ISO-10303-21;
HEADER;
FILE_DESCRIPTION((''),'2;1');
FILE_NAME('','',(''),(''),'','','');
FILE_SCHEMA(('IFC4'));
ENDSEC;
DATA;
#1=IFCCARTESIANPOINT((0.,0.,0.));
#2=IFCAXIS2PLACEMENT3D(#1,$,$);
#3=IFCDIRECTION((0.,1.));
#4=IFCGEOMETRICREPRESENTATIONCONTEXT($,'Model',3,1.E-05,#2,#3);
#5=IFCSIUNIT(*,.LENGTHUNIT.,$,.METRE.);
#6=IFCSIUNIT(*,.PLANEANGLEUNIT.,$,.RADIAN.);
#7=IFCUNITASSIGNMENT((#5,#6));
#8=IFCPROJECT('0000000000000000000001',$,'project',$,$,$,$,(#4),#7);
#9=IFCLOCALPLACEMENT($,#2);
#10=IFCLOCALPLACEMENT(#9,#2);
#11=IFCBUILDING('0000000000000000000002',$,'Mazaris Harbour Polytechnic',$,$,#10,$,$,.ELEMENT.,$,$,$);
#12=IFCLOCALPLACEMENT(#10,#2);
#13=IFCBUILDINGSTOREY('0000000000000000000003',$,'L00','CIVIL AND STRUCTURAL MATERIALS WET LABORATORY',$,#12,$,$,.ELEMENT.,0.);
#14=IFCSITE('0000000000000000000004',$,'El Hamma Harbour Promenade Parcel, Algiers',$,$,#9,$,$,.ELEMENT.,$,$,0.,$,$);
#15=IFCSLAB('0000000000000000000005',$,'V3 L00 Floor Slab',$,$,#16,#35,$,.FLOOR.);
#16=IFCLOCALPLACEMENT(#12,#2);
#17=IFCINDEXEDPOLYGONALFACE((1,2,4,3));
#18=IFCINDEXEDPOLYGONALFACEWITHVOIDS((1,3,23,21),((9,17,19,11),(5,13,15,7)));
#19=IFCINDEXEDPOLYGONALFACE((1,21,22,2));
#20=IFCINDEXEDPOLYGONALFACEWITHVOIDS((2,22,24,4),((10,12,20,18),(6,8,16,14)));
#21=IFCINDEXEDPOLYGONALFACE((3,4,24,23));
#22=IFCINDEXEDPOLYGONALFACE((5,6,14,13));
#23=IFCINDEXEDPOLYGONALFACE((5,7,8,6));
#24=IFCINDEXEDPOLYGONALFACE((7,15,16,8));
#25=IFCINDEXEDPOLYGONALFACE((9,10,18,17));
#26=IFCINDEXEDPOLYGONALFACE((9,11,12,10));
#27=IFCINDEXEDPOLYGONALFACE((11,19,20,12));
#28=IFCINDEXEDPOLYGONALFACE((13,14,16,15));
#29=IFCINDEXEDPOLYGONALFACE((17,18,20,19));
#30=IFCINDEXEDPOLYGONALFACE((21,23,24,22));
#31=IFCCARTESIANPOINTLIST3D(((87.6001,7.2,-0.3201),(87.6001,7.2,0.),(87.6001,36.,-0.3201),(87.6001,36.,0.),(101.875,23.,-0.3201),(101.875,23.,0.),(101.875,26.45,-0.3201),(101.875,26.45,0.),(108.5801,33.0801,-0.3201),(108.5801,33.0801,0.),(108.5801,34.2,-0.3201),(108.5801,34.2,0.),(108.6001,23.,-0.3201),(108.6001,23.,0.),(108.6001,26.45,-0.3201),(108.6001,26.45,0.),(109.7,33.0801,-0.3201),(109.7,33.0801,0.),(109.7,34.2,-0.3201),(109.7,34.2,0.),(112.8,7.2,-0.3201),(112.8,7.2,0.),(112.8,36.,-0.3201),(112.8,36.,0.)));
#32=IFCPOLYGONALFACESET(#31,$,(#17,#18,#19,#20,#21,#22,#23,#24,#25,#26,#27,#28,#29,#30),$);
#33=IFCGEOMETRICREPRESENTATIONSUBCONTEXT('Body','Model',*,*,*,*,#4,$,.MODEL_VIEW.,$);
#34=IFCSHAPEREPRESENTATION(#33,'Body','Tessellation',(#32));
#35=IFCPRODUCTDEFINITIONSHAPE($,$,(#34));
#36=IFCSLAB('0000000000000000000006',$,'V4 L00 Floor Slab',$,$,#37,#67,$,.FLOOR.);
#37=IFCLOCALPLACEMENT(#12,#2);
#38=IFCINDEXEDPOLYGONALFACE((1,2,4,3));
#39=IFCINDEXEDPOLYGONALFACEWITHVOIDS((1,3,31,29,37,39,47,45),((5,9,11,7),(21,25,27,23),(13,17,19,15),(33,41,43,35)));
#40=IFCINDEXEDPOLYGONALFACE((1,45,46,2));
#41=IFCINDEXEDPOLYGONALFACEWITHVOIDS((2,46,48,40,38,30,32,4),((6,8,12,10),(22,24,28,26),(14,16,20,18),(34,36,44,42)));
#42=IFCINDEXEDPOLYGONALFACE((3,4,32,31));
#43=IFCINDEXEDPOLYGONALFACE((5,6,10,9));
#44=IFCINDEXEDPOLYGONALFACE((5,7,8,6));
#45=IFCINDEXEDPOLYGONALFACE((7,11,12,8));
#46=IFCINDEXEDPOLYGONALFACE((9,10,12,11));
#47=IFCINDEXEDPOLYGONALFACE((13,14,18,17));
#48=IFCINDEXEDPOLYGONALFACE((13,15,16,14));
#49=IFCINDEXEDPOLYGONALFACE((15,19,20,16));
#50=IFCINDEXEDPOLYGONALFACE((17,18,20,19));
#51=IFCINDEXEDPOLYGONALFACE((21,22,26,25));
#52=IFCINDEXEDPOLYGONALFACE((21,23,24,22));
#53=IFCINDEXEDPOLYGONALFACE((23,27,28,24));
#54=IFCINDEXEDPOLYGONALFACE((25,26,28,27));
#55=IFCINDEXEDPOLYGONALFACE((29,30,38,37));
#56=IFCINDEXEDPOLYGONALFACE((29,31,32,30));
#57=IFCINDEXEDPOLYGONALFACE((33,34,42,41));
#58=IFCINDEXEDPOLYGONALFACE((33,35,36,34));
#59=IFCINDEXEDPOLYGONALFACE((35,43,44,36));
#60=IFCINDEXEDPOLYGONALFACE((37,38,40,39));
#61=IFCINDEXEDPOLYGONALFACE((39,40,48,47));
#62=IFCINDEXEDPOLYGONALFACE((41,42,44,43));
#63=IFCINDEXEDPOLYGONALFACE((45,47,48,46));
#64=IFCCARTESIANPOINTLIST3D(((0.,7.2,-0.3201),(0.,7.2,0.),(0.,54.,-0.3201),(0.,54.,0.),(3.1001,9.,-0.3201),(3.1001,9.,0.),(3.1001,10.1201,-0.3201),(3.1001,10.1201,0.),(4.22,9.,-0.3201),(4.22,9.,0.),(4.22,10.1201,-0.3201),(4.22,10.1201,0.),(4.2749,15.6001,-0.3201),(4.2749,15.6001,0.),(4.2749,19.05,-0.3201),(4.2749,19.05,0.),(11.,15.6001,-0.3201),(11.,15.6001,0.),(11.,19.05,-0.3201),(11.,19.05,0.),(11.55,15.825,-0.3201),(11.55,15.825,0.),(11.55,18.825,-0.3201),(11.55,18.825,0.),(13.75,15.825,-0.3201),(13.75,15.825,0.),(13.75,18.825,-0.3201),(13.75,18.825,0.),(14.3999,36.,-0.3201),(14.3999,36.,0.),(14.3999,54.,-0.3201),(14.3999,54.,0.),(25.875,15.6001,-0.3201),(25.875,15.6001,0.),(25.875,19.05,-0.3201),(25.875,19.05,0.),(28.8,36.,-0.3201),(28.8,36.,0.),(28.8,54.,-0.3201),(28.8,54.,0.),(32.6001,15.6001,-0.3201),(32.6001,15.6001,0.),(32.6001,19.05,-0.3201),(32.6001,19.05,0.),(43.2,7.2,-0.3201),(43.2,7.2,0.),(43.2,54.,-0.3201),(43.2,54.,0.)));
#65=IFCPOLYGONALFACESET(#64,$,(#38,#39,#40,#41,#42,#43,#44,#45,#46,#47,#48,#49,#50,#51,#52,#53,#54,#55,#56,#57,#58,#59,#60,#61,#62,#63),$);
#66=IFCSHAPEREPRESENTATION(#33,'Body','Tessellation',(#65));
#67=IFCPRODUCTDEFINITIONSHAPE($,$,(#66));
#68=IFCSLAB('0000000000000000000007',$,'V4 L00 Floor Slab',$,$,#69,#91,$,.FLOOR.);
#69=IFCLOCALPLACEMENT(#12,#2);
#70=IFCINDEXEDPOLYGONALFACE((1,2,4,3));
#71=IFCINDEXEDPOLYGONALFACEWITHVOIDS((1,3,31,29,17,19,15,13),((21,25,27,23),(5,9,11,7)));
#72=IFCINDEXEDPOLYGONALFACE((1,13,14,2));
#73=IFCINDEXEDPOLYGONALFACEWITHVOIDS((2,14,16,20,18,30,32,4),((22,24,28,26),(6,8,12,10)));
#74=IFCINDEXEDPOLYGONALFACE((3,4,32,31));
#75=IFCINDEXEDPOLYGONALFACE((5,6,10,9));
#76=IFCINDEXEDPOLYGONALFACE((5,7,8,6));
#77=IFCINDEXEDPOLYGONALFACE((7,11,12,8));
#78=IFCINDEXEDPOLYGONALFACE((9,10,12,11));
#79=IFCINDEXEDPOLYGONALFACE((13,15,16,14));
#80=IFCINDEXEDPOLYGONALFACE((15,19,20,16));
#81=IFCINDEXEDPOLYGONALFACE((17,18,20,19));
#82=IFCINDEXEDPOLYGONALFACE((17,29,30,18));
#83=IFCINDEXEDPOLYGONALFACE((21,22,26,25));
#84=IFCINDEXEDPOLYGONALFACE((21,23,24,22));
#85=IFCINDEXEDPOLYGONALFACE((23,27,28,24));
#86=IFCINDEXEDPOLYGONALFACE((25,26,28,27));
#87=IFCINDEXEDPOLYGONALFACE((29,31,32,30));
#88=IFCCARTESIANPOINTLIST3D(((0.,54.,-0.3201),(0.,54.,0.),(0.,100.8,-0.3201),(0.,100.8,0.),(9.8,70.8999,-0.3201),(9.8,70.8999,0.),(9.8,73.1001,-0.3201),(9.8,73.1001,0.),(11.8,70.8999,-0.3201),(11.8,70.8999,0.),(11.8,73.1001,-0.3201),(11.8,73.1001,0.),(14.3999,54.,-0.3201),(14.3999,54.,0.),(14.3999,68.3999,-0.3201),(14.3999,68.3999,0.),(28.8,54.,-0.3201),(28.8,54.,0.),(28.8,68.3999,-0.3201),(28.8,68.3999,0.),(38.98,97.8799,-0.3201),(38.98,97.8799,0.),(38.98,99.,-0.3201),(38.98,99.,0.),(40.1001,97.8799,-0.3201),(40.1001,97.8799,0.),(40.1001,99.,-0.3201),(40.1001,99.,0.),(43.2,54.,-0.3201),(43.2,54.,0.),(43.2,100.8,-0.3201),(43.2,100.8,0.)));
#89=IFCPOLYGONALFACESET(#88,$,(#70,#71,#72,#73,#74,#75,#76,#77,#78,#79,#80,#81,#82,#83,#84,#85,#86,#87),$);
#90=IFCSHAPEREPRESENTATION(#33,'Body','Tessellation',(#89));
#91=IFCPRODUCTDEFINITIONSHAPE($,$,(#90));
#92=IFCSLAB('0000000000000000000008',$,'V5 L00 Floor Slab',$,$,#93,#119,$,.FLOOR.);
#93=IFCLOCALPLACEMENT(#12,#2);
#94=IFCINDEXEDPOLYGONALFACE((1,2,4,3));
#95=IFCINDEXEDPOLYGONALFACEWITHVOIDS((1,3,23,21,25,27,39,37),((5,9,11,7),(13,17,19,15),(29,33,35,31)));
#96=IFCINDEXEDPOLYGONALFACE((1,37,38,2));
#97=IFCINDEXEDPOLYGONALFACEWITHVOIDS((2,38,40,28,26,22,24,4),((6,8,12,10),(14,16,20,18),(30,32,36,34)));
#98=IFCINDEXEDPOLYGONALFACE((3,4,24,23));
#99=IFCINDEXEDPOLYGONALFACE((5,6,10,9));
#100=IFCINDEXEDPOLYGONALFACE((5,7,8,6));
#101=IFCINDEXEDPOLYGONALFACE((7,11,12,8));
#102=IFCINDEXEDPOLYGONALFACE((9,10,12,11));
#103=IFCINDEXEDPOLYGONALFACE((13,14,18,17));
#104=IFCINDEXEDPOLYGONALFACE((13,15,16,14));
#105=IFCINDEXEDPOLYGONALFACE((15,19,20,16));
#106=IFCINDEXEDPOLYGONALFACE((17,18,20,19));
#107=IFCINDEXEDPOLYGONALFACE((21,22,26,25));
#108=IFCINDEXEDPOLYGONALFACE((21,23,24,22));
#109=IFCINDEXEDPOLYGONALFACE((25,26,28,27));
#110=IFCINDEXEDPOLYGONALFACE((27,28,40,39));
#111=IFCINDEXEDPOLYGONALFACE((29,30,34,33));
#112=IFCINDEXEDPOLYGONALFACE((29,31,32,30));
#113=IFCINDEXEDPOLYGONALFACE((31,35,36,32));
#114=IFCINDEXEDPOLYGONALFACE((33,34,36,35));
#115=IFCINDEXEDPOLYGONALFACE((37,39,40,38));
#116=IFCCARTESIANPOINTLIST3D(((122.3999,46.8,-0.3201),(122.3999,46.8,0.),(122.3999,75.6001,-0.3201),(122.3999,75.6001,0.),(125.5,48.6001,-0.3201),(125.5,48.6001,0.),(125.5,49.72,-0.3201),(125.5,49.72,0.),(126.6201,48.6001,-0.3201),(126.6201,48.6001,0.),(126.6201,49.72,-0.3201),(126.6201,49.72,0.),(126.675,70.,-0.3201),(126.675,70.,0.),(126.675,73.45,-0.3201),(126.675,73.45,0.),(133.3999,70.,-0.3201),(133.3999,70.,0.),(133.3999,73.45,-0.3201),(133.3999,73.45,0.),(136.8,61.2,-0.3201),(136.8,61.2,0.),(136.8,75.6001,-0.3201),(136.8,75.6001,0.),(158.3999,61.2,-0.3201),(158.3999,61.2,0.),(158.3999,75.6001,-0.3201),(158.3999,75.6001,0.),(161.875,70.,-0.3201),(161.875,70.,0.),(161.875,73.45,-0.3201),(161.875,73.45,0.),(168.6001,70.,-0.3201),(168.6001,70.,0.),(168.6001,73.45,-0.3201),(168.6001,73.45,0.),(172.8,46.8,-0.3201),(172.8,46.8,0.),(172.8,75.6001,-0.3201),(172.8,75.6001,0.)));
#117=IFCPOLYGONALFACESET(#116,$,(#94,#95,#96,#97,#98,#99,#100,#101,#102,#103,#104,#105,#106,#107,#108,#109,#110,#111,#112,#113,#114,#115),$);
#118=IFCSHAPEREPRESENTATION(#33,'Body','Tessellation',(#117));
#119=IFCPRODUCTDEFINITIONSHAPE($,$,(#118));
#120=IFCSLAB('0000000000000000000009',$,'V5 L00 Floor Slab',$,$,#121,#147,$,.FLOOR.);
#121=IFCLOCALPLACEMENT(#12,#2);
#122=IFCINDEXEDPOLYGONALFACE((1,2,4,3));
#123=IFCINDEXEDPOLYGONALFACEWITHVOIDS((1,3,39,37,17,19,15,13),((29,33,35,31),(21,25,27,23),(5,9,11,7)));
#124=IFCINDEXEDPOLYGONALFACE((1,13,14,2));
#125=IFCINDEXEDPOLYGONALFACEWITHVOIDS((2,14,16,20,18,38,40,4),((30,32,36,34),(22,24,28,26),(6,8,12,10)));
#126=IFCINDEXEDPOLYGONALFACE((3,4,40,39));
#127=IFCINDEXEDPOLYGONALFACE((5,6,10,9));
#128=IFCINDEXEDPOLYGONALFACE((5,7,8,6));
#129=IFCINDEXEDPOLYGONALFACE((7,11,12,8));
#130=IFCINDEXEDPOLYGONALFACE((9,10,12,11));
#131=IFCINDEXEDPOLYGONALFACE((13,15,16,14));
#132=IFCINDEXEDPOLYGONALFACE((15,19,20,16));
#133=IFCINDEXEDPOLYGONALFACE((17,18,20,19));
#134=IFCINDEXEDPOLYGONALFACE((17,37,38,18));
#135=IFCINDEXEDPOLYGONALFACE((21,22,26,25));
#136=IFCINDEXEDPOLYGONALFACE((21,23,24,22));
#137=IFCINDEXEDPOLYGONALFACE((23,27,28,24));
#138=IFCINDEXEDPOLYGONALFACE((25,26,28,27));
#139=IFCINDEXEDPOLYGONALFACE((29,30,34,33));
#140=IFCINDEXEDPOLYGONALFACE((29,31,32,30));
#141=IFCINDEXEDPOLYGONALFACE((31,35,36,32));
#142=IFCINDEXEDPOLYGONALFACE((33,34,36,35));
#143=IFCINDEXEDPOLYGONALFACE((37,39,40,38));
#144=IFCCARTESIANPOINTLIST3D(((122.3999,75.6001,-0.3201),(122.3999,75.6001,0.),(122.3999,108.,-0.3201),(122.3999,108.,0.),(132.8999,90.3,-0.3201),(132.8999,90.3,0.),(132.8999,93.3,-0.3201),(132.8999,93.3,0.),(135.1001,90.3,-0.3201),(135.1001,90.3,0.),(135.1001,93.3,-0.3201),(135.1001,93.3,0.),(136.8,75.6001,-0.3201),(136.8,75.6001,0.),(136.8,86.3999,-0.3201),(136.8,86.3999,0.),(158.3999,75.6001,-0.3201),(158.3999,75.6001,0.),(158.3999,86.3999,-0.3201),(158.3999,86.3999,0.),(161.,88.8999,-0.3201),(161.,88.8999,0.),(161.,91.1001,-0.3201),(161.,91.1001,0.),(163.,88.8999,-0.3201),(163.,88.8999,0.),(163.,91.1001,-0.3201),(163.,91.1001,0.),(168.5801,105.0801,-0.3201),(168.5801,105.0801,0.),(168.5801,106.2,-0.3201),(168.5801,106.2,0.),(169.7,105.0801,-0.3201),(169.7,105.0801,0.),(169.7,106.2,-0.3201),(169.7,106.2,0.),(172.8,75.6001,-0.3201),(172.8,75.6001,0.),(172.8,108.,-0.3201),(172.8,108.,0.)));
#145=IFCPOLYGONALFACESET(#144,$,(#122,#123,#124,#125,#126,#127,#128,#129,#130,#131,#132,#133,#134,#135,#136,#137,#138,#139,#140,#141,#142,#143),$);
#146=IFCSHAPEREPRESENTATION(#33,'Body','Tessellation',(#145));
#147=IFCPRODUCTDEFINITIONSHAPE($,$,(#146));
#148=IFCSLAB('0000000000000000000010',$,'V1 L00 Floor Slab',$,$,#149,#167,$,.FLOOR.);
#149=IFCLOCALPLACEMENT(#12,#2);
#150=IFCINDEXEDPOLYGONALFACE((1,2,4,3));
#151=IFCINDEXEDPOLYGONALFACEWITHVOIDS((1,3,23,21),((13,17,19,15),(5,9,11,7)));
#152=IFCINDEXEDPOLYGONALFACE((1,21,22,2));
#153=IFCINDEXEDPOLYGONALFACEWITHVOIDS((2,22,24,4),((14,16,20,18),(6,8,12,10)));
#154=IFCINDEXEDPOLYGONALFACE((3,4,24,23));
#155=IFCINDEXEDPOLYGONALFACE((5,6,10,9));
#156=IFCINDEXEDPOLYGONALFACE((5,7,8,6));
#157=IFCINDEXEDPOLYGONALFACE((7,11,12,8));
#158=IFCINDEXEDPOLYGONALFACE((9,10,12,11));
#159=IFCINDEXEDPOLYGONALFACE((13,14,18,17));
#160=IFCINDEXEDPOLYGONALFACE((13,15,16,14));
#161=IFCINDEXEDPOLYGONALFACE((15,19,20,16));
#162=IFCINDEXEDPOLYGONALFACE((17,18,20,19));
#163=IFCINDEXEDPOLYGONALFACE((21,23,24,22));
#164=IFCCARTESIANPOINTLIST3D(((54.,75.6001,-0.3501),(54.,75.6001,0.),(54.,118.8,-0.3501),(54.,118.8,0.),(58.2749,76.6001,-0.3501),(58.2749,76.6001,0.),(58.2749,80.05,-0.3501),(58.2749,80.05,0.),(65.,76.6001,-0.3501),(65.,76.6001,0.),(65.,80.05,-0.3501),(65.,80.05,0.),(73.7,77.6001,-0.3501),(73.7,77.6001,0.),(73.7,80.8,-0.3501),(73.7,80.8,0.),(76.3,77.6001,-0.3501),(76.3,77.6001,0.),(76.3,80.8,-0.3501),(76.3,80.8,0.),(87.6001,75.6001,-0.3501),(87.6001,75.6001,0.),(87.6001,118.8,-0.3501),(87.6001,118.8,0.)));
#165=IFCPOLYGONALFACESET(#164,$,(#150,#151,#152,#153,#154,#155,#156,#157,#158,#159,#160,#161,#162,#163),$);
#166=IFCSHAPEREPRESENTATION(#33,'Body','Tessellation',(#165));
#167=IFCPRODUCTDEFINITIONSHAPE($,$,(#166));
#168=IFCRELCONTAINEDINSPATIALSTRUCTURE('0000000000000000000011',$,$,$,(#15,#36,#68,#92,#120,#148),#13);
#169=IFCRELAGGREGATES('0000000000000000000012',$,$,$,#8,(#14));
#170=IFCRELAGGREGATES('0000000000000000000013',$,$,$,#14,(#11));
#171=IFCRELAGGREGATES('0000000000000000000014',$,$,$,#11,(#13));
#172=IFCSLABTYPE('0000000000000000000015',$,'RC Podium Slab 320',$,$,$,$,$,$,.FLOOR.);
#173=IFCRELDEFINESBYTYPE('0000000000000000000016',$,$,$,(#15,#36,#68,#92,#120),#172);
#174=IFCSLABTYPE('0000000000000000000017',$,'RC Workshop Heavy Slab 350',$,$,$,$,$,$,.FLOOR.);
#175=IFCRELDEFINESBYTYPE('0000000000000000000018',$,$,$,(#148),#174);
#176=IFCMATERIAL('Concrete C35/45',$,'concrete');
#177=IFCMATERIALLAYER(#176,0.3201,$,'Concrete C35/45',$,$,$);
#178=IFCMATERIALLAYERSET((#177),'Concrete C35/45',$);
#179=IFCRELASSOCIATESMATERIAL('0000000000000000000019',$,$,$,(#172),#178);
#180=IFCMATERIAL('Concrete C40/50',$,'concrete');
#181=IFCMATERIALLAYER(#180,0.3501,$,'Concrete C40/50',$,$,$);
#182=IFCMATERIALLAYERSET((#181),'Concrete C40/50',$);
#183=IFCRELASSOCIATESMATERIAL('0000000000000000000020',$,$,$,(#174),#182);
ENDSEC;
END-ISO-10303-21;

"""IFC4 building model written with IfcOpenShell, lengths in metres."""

from ifc_helpers import new_model, si_unit, direction, frame, origin, place, context, subcontext, project, spatial, polyline, outline, extrude, material, layer, layer_set, type_object, element, save


model = new_model("IFC4")

# Units and contexts
model_context = context("Model", 3, precision=1e-05, world=origin(), true_north=direction((0.0, 1.0)))
body_context = subcontext(model_context, "Body", "Model", "MODEL_VIEW")
ifc_project = project(units=[si_unit("LENGTHUNIT", "METRE"), si_unit("PLANEANGLEUNIT", "RADIAN")], contexts=[model_context])

# Site, building, storey
site_placement = place(None, origin())
site = spatial("IfcSite", under=ifc_project, at=site_placement, Name="El Hamma Harbour Promenade Parcel, Algiers", CompositionType="ELEMENT", RefElevation=0.0)
building_placement = place(site_placement, origin())
building = spatial("IfcBuilding", under=site, at=building_placement, Name="Mazaris Harbour Polytechnic", CompositionType="ELEMENT")
storey_placement = place(building_placement, origin())
storey = spatial("IfcBuildingStorey", under=building, at=storey_placement, Name="L00", Description="CIVIL AND STRUCTURAL MATERIALS WET LABORATORY", CompositionType="ELEMENT", Elevation=0.0)

# Slabs
ifc_material_1 = material(Name="Concrete C35/45", Category="concrete")
ifc_layer_1 = layer(ifc_material_1, 0.3201, Name="Concrete C35/45")
ifc_layer_set_1 = layer_set([ifc_layer_1], Name="Concrete C35/45")
slab_type_1 = type_object("IfcSlabType", Name="RC Podium Slab 320", PredefinedType="FLOOR", material=ifc_layer_set_1)
slab_1_placement = place(storey_placement, frame((0.0, 0.0, -0.3201)))
element("IfcSlab", 1, at=slab_1_placement, inside=storey, type_object=slab_type_1, Name="V3 L00 Floor Slab", PredefinedType="FLOOR", context=body_context, shape_type="SweptSolid", body=[
    extrude(outline(polyline([(112.8, 36.0), (112.8, 7.2), (87.6001, 7.2), (87.6001, 36.0), (112.8, 36.0)]), holes=[polyline([(108.6001, 26.45), (101.875, 26.45), (101.875, 23.0), (108.6001, 23.0), (108.6001, 26.45)]), polyline([(108.5801, 34.2), (108.5801, 33.0801), (109.7, 33.0801), (109.7, 34.2), (108.5801, 34.2)])]), origin(), (0.0, 0.0, 1.0), 0.3201),
])
slab_2_placement = place(storey_placement, frame((0.0, 0.0, -0.3201)))
element("IfcSlab", 2, at=slab_2_placement, inside=storey, type_object=slab_type_1, Name="V4 L00 Floor Slab", PredefinedType="FLOOR", context=body_context, shape_type="SweptSolid", body=[
    extrude(outline(polyline([(43.2, 7.2), (0.0, 7.2), (0.0, 54.0), (14.3999, 54.0), (14.3999, 36.0), (28.8, 36.0), (28.8, 54.0), (43.2, 54.0), (43.2, 7.2)]), holes=[polyline([(4.2749, 15.6001), (11.0, 15.6001), (11.0, 19.05), (4.2749, 19.05), (4.2749, 15.6001)]), polyline([(25.875, 19.05), (25.875, 15.6001), (32.6001, 15.6001), (32.6001, 19.05), (25.875, 19.05)]), polyline([(13.75, 18.825), (11.55, 18.825), (11.55, 15.825), (13.75, 15.825), (13.75, 18.825)]), polyline([(3.1001, 9.0), (4.22, 9.0), (4.22, 10.1201), (3.1001, 10.1201), (3.1001, 9.0)])]), origin(), (0.0, 0.0, 1.0), 0.3201),
])
slab_3_placement = place(storey_placement, frame((0.0, 0.0, -0.3201)))
element("IfcSlab", 3, at=slab_3_placement, inside=storey, type_object=slab_type_1, Name="V4 L00 Floor Slab", PredefinedType="FLOOR", context=body_context, shape_type="SweptSolid", body=[
    extrude(outline(polyline([(43.2, 54.0), (28.8, 54.0), (28.8, 68.3999), (14.3999, 68.3999), (14.3999, 54.0), (0.0, 54.0), (0.0, 100.8), (43.2, 100.8), (43.2, 54.0)]), holes=[polyline([(11.8, 70.8999), (11.8, 73.1001), (9.8, 73.1001), (9.8, 70.8999), (11.8, 70.8999)]), polyline([(38.98, 99.0), (38.98, 97.8799), (40.1001, 97.8799), (40.1001, 99.0), (38.98, 99.0)])]), origin(), (0.0, 0.0, 1.0), 0.3201),
])
slab_4_placement = place(storey_placement, frame((0.0, 0.0, -0.3201)))
element("IfcSlab", 4, at=slab_4_placement, inside=storey, type_object=slab_type_1, Name="V5 L00 Floor Slab", PredefinedType="FLOOR", context=body_context, shape_type="SweptSolid", body=[
    extrude(outline(polyline([(172.8, 46.8), (122.3999, 46.8), (122.3999, 75.6001), (136.8, 75.6001), (136.8, 61.2), (158.3999, 61.2), (158.3999, 75.6001), (172.8, 75.6001), (172.8, 46.8)]), holes=[polyline([(126.675, 70.0), (133.3999, 70.0), (133.3999, 73.45), (126.675, 73.45), (126.675, 70.0)]), polyline([(161.875, 73.45), (161.875, 70.0), (168.6001, 70.0), (168.6001, 73.45), (161.875, 73.45)]), polyline([(125.5, 48.6001), (126.6201, 48.6001), (126.6201, 49.72), (125.5, 49.72), (125.5, 48.6001)])]), origin(), (0.0, 0.0, 1.0), 0.3201),
])
slab_5_placement = place(storey_placement, frame((0.0, 0.0, -0.3201)))
element("IfcSlab", 5, at=slab_5_placement, inside=storey, type_object=slab_type_1, Name="V5 L00 Floor Slab", PredefinedType="FLOOR", context=body_context, shape_type="SweptSolid", body=[
    extrude(outline(polyline([(172.8, 75.6001), (158.3999, 75.6001), (158.3999, 86.3999), (136.8, 86.3999), (136.8, 75.6001), (122.3999, 75.6001), (122.3999, 108.0), (172.8, 108.0), (172.8, 75.6001)]), holes=[polyline([(135.1001, 93.3), (132.8999, 93.3), (132.8999, 90.3), (135.1001, 90.3), (135.1001, 93.3)]), polyline([(163.0, 88.8999), (163.0, 91.1001), (161.0, 91.1001), (161.0, 88.8999), (163.0, 88.8999)]), polyline([(168.5801, 106.2), (168.5801, 105.0801), (169.7, 105.0801), (169.7, 106.2), (168.5801, 106.2)])]), origin(), (0.0, 0.0, 1.0), 0.3201),
])
ifc_material_2 = material(Name="Concrete C40/50", Category="concrete")
ifc_layer_2 = layer(ifc_material_2, 0.3501, Name="Concrete C40/50")
ifc_layer_set_2 = layer_set([ifc_layer_2], Name="Concrete C40/50")
slab_type_2 = type_object("IfcSlabType", Name="RC Workshop Heavy Slab 350", PredefinedType="FLOOR", material=ifc_layer_set_2)
slab_6_placement = place(storey_placement, frame((0.0, 0.0, -0.3501)))
element("IfcSlab", 6, at=slab_6_placement, inside=storey, type_object=slab_type_2, Name="V1 L00 Floor Slab", PredefinedType="FLOOR", context=body_context, shape_type="SweptSolid", body=[
    extrude(outline(polyline([(54.0, 75.6001), (54.0, 118.8), (87.6001, 118.8), (87.6001, 75.6001), (54.0, 75.6001)]), holes=[polyline([(65.0, 80.05), (58.2749, 80.05), (58.2749, 76.6001), (65.0, 76.6001), (65.0, 80.05)]), polyline([(73.7, 77.6001), (76.3, 77.6001), (76.3, 80.8), (73.7, 80.8), (73.7, 77.6001)])]), origin(), (0.0, 0.0, 1.0), 0.3501),
])

save(model, "model.ifc")
